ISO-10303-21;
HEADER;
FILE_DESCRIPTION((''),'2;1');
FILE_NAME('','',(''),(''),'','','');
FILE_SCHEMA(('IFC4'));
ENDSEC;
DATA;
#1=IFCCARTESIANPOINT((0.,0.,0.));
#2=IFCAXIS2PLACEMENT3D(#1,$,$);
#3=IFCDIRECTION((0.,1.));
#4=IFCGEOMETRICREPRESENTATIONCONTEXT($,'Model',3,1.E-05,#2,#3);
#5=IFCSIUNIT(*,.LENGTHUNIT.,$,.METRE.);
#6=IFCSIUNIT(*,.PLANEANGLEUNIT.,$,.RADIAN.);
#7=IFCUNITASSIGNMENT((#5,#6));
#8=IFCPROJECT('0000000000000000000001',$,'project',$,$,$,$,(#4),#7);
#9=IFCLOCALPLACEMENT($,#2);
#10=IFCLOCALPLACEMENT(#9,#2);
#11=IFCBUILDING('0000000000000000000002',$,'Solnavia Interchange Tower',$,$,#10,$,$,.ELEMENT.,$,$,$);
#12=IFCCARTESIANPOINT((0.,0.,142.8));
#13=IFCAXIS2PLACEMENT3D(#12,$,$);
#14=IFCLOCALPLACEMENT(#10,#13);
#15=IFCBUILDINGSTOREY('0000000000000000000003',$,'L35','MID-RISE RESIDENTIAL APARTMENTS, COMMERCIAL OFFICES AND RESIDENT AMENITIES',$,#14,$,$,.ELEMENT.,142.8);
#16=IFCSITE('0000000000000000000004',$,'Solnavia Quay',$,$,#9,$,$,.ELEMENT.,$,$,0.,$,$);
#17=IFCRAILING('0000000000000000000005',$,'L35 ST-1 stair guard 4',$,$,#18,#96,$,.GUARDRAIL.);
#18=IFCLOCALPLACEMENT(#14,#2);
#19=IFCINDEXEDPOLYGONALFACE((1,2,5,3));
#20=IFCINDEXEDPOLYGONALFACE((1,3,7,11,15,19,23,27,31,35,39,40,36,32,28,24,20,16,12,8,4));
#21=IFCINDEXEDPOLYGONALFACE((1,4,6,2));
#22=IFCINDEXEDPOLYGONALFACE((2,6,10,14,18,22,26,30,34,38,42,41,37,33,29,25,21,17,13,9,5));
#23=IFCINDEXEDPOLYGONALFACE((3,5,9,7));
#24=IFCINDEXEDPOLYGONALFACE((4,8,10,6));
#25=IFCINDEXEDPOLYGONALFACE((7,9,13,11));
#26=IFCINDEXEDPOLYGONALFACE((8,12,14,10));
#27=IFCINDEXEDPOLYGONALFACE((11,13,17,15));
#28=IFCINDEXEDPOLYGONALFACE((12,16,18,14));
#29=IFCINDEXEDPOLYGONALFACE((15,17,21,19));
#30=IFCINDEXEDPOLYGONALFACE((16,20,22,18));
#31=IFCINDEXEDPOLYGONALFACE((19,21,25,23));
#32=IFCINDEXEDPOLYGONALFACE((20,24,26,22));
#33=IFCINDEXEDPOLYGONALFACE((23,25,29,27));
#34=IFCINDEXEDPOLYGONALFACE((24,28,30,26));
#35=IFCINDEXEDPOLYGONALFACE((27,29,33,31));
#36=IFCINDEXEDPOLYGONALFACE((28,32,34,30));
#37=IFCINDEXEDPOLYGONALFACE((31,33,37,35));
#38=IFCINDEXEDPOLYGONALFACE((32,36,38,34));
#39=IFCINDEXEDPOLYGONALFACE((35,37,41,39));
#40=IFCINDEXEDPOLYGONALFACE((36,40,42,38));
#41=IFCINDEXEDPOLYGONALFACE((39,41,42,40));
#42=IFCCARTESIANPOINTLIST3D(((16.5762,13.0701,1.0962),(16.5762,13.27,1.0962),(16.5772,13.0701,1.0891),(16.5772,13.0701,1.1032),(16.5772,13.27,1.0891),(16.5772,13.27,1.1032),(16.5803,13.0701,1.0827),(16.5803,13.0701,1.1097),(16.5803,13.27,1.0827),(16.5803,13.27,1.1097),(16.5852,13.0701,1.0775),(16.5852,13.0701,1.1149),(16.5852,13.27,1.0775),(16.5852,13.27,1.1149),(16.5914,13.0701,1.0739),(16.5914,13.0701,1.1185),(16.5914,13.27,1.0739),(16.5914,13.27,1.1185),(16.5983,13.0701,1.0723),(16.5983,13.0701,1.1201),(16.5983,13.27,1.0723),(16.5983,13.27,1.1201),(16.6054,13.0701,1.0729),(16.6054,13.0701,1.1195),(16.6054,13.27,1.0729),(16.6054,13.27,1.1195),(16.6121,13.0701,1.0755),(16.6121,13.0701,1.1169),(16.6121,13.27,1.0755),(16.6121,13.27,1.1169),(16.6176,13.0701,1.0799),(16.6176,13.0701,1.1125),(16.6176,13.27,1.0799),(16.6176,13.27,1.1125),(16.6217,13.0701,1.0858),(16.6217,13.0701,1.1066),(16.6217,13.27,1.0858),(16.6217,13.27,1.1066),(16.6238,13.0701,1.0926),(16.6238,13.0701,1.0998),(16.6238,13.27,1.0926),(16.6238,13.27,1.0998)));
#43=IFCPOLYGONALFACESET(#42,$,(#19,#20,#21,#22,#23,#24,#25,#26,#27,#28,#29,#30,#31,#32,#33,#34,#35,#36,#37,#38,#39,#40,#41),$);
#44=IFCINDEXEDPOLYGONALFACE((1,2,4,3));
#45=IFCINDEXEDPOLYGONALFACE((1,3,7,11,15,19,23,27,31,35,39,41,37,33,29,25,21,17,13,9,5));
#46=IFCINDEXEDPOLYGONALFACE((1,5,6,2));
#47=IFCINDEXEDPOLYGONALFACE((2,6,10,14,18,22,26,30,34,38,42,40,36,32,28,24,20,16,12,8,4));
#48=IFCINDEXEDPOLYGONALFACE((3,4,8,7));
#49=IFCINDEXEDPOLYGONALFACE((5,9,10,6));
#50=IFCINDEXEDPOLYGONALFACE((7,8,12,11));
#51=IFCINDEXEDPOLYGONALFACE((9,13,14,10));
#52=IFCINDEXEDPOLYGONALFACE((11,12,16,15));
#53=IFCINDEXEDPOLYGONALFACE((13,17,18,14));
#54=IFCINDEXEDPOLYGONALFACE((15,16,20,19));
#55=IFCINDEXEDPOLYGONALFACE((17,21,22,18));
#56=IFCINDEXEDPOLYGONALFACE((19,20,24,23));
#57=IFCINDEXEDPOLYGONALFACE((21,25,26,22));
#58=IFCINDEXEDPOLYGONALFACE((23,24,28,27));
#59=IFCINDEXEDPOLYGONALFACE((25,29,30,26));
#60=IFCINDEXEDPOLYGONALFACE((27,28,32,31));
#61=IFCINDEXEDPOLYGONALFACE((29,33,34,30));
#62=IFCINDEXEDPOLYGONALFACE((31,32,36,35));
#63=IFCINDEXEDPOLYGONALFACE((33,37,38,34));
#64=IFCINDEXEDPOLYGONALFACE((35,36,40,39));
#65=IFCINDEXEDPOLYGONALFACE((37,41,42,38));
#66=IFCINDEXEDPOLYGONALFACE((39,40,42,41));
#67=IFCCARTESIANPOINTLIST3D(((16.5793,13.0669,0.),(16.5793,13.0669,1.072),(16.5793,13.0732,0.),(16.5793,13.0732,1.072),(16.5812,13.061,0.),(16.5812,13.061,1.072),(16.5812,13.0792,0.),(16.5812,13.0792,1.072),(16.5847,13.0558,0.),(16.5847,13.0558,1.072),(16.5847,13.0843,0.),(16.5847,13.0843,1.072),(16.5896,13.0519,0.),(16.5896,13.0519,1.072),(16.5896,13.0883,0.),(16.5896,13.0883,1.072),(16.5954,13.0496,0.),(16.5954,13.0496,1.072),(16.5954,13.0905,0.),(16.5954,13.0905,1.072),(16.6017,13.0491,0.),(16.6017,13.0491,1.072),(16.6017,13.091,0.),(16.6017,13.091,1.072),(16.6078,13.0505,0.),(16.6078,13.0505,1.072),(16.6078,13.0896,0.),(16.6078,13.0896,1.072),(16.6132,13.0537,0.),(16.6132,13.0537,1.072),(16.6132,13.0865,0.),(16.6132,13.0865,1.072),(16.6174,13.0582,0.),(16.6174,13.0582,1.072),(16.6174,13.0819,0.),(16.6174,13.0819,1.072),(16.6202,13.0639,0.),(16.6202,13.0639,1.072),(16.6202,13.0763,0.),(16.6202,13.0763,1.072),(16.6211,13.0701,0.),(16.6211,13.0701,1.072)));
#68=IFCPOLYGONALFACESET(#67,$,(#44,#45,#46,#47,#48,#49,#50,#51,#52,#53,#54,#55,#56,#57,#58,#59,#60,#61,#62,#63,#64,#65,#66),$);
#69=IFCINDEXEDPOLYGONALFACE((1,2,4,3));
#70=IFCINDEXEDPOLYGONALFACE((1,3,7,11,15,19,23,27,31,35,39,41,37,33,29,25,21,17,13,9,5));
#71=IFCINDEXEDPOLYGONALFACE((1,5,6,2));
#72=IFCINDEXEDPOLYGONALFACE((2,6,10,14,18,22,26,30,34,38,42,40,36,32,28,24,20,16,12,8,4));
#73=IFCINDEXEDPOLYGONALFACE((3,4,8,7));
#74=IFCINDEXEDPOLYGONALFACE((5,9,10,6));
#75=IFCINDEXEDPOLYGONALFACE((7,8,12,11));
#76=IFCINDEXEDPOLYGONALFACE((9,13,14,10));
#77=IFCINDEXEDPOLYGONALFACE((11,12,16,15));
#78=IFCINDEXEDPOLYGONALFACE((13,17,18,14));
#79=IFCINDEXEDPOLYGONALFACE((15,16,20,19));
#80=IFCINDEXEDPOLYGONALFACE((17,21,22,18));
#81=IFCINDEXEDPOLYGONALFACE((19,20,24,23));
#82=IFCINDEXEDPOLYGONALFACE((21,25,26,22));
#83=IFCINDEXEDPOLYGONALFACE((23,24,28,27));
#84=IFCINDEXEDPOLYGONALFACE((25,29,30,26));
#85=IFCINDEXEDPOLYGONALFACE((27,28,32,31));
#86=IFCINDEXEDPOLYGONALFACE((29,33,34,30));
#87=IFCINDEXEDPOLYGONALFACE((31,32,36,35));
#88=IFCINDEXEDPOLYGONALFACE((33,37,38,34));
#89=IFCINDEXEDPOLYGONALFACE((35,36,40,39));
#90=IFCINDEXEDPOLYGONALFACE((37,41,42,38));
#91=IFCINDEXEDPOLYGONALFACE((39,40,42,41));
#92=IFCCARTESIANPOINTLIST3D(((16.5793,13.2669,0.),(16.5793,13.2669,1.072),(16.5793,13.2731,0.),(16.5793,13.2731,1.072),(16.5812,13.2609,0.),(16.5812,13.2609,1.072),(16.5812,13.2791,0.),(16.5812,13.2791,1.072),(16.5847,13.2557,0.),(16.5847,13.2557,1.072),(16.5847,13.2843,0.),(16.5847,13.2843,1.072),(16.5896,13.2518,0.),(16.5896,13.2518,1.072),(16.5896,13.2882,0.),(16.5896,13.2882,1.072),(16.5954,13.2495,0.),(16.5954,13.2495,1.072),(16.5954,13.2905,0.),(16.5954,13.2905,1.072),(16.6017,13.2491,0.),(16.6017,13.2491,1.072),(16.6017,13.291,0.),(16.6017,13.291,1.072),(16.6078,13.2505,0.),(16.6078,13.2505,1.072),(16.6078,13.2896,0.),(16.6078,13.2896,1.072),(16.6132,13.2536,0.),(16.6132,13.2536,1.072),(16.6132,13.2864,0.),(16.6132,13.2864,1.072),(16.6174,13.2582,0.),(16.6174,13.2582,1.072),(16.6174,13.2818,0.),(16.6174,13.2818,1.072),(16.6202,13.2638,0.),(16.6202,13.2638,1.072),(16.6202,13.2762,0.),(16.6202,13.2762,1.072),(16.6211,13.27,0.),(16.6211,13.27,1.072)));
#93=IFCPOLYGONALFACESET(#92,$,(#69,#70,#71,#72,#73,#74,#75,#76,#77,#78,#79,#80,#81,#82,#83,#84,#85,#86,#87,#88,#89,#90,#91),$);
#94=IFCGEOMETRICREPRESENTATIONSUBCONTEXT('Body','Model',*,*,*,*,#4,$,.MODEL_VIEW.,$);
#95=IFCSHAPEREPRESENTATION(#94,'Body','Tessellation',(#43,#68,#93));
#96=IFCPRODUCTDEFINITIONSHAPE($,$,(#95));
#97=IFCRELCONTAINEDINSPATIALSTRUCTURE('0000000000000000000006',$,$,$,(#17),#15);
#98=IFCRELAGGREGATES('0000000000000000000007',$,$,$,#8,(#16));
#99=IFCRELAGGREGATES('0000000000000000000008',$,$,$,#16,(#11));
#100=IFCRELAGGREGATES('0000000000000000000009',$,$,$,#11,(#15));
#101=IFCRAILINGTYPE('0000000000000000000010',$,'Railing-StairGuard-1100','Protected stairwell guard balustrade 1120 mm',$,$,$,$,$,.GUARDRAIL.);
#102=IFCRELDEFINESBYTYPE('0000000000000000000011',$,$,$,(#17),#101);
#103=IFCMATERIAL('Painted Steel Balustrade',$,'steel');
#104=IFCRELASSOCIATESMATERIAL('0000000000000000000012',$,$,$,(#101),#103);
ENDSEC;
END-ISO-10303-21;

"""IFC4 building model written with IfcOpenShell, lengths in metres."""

from ifc_helpers import new_model, si_unit, direction, frame, origin, origin_2d, place, context, subcontext, project, spatial, circle, extrude, material, type_object, element, save


model = new_model("IFC4")

# Units and contexts
model_context = context("Model", 3, precision=1e-05, world=origin(), true_north=direction((0.0, 1.0)))
body_context = subcontext(model_context, "Body", "Model", "MODEL_VIEW")
ifc_project = project(units=[si_unit("LENGTHUNIT", "METRE"), si_unit("PLANEANGLEUNIT", "RADIAN")], contexts=[model_context])

# Site, building, storey
site_placement = place(None, origin())
site = spatial("IfcSite", under=ifc_project, at=site_placement, Name="Solnavia Quay", CompositionType="ELEMENT", RefElevation=0.0)
building_placement = place(site_placement, origin())
building = spatial("IfcBuilding", under=site, at=building_placement, Name="Solnavia Interchange Tower", CompositionType="ELEMENT")
storey_placement = place(building_placement, frame((0.0, 0.0, 142.8)))
storey = spatial("IfcBuildingStorey", under=building, at=storey_placement, Name="L35", Description="MID-RISE RESIDENTIAL APARTMENTS, COMMERCIAL OFFICES AND RESIDENT AMENITIES", CompositionType="ELEMENT", Elevation=142.8)

# Railing
ifc_material_1 = material(Name="Painted Steel Balustrade", Category="steel")
railing_type_1 = type_object("IfcRailingType", Name="Railing-StairGuard-1100", Description="Protected stairwell guard balustrade 1120 mm", PredefinedType="GUARDRAIL", material=ifc_material_1)
railing_1_placement = place(storey_placement, frame((16.6001, 13.0701, 0.0)))
element("IfcRailing", 1, at=railing_1_placement, inside=storey, type_object=railing_type_1, Name="L35 ST-1 stair guard 4", PredefinedType="GUARDRAIL", context=body_context, shape_type="SweptSolid", body=[
    extrude(circle(Radius=0.0239, at=origin_2d()), frame((0.0, 0.0, 1.0962), z_axis=(0.0, 1.0, 0.0), x_axis=(-1.0, 0.0, 0.0)), (0.0, 0.0, 1.0), 0.2),
    extrude(circle(Radius=0.021, at=origin_2d()), origin(), (0.0, 0.0, 1.0), 1.072),
    extrude(circle(Radius=0.021, at=origin_2d()), frame((0.0, 0.2, 0.0)), (0.0, 0.0, 1.0), 1.072),
])

save(model, "model.ifc")
